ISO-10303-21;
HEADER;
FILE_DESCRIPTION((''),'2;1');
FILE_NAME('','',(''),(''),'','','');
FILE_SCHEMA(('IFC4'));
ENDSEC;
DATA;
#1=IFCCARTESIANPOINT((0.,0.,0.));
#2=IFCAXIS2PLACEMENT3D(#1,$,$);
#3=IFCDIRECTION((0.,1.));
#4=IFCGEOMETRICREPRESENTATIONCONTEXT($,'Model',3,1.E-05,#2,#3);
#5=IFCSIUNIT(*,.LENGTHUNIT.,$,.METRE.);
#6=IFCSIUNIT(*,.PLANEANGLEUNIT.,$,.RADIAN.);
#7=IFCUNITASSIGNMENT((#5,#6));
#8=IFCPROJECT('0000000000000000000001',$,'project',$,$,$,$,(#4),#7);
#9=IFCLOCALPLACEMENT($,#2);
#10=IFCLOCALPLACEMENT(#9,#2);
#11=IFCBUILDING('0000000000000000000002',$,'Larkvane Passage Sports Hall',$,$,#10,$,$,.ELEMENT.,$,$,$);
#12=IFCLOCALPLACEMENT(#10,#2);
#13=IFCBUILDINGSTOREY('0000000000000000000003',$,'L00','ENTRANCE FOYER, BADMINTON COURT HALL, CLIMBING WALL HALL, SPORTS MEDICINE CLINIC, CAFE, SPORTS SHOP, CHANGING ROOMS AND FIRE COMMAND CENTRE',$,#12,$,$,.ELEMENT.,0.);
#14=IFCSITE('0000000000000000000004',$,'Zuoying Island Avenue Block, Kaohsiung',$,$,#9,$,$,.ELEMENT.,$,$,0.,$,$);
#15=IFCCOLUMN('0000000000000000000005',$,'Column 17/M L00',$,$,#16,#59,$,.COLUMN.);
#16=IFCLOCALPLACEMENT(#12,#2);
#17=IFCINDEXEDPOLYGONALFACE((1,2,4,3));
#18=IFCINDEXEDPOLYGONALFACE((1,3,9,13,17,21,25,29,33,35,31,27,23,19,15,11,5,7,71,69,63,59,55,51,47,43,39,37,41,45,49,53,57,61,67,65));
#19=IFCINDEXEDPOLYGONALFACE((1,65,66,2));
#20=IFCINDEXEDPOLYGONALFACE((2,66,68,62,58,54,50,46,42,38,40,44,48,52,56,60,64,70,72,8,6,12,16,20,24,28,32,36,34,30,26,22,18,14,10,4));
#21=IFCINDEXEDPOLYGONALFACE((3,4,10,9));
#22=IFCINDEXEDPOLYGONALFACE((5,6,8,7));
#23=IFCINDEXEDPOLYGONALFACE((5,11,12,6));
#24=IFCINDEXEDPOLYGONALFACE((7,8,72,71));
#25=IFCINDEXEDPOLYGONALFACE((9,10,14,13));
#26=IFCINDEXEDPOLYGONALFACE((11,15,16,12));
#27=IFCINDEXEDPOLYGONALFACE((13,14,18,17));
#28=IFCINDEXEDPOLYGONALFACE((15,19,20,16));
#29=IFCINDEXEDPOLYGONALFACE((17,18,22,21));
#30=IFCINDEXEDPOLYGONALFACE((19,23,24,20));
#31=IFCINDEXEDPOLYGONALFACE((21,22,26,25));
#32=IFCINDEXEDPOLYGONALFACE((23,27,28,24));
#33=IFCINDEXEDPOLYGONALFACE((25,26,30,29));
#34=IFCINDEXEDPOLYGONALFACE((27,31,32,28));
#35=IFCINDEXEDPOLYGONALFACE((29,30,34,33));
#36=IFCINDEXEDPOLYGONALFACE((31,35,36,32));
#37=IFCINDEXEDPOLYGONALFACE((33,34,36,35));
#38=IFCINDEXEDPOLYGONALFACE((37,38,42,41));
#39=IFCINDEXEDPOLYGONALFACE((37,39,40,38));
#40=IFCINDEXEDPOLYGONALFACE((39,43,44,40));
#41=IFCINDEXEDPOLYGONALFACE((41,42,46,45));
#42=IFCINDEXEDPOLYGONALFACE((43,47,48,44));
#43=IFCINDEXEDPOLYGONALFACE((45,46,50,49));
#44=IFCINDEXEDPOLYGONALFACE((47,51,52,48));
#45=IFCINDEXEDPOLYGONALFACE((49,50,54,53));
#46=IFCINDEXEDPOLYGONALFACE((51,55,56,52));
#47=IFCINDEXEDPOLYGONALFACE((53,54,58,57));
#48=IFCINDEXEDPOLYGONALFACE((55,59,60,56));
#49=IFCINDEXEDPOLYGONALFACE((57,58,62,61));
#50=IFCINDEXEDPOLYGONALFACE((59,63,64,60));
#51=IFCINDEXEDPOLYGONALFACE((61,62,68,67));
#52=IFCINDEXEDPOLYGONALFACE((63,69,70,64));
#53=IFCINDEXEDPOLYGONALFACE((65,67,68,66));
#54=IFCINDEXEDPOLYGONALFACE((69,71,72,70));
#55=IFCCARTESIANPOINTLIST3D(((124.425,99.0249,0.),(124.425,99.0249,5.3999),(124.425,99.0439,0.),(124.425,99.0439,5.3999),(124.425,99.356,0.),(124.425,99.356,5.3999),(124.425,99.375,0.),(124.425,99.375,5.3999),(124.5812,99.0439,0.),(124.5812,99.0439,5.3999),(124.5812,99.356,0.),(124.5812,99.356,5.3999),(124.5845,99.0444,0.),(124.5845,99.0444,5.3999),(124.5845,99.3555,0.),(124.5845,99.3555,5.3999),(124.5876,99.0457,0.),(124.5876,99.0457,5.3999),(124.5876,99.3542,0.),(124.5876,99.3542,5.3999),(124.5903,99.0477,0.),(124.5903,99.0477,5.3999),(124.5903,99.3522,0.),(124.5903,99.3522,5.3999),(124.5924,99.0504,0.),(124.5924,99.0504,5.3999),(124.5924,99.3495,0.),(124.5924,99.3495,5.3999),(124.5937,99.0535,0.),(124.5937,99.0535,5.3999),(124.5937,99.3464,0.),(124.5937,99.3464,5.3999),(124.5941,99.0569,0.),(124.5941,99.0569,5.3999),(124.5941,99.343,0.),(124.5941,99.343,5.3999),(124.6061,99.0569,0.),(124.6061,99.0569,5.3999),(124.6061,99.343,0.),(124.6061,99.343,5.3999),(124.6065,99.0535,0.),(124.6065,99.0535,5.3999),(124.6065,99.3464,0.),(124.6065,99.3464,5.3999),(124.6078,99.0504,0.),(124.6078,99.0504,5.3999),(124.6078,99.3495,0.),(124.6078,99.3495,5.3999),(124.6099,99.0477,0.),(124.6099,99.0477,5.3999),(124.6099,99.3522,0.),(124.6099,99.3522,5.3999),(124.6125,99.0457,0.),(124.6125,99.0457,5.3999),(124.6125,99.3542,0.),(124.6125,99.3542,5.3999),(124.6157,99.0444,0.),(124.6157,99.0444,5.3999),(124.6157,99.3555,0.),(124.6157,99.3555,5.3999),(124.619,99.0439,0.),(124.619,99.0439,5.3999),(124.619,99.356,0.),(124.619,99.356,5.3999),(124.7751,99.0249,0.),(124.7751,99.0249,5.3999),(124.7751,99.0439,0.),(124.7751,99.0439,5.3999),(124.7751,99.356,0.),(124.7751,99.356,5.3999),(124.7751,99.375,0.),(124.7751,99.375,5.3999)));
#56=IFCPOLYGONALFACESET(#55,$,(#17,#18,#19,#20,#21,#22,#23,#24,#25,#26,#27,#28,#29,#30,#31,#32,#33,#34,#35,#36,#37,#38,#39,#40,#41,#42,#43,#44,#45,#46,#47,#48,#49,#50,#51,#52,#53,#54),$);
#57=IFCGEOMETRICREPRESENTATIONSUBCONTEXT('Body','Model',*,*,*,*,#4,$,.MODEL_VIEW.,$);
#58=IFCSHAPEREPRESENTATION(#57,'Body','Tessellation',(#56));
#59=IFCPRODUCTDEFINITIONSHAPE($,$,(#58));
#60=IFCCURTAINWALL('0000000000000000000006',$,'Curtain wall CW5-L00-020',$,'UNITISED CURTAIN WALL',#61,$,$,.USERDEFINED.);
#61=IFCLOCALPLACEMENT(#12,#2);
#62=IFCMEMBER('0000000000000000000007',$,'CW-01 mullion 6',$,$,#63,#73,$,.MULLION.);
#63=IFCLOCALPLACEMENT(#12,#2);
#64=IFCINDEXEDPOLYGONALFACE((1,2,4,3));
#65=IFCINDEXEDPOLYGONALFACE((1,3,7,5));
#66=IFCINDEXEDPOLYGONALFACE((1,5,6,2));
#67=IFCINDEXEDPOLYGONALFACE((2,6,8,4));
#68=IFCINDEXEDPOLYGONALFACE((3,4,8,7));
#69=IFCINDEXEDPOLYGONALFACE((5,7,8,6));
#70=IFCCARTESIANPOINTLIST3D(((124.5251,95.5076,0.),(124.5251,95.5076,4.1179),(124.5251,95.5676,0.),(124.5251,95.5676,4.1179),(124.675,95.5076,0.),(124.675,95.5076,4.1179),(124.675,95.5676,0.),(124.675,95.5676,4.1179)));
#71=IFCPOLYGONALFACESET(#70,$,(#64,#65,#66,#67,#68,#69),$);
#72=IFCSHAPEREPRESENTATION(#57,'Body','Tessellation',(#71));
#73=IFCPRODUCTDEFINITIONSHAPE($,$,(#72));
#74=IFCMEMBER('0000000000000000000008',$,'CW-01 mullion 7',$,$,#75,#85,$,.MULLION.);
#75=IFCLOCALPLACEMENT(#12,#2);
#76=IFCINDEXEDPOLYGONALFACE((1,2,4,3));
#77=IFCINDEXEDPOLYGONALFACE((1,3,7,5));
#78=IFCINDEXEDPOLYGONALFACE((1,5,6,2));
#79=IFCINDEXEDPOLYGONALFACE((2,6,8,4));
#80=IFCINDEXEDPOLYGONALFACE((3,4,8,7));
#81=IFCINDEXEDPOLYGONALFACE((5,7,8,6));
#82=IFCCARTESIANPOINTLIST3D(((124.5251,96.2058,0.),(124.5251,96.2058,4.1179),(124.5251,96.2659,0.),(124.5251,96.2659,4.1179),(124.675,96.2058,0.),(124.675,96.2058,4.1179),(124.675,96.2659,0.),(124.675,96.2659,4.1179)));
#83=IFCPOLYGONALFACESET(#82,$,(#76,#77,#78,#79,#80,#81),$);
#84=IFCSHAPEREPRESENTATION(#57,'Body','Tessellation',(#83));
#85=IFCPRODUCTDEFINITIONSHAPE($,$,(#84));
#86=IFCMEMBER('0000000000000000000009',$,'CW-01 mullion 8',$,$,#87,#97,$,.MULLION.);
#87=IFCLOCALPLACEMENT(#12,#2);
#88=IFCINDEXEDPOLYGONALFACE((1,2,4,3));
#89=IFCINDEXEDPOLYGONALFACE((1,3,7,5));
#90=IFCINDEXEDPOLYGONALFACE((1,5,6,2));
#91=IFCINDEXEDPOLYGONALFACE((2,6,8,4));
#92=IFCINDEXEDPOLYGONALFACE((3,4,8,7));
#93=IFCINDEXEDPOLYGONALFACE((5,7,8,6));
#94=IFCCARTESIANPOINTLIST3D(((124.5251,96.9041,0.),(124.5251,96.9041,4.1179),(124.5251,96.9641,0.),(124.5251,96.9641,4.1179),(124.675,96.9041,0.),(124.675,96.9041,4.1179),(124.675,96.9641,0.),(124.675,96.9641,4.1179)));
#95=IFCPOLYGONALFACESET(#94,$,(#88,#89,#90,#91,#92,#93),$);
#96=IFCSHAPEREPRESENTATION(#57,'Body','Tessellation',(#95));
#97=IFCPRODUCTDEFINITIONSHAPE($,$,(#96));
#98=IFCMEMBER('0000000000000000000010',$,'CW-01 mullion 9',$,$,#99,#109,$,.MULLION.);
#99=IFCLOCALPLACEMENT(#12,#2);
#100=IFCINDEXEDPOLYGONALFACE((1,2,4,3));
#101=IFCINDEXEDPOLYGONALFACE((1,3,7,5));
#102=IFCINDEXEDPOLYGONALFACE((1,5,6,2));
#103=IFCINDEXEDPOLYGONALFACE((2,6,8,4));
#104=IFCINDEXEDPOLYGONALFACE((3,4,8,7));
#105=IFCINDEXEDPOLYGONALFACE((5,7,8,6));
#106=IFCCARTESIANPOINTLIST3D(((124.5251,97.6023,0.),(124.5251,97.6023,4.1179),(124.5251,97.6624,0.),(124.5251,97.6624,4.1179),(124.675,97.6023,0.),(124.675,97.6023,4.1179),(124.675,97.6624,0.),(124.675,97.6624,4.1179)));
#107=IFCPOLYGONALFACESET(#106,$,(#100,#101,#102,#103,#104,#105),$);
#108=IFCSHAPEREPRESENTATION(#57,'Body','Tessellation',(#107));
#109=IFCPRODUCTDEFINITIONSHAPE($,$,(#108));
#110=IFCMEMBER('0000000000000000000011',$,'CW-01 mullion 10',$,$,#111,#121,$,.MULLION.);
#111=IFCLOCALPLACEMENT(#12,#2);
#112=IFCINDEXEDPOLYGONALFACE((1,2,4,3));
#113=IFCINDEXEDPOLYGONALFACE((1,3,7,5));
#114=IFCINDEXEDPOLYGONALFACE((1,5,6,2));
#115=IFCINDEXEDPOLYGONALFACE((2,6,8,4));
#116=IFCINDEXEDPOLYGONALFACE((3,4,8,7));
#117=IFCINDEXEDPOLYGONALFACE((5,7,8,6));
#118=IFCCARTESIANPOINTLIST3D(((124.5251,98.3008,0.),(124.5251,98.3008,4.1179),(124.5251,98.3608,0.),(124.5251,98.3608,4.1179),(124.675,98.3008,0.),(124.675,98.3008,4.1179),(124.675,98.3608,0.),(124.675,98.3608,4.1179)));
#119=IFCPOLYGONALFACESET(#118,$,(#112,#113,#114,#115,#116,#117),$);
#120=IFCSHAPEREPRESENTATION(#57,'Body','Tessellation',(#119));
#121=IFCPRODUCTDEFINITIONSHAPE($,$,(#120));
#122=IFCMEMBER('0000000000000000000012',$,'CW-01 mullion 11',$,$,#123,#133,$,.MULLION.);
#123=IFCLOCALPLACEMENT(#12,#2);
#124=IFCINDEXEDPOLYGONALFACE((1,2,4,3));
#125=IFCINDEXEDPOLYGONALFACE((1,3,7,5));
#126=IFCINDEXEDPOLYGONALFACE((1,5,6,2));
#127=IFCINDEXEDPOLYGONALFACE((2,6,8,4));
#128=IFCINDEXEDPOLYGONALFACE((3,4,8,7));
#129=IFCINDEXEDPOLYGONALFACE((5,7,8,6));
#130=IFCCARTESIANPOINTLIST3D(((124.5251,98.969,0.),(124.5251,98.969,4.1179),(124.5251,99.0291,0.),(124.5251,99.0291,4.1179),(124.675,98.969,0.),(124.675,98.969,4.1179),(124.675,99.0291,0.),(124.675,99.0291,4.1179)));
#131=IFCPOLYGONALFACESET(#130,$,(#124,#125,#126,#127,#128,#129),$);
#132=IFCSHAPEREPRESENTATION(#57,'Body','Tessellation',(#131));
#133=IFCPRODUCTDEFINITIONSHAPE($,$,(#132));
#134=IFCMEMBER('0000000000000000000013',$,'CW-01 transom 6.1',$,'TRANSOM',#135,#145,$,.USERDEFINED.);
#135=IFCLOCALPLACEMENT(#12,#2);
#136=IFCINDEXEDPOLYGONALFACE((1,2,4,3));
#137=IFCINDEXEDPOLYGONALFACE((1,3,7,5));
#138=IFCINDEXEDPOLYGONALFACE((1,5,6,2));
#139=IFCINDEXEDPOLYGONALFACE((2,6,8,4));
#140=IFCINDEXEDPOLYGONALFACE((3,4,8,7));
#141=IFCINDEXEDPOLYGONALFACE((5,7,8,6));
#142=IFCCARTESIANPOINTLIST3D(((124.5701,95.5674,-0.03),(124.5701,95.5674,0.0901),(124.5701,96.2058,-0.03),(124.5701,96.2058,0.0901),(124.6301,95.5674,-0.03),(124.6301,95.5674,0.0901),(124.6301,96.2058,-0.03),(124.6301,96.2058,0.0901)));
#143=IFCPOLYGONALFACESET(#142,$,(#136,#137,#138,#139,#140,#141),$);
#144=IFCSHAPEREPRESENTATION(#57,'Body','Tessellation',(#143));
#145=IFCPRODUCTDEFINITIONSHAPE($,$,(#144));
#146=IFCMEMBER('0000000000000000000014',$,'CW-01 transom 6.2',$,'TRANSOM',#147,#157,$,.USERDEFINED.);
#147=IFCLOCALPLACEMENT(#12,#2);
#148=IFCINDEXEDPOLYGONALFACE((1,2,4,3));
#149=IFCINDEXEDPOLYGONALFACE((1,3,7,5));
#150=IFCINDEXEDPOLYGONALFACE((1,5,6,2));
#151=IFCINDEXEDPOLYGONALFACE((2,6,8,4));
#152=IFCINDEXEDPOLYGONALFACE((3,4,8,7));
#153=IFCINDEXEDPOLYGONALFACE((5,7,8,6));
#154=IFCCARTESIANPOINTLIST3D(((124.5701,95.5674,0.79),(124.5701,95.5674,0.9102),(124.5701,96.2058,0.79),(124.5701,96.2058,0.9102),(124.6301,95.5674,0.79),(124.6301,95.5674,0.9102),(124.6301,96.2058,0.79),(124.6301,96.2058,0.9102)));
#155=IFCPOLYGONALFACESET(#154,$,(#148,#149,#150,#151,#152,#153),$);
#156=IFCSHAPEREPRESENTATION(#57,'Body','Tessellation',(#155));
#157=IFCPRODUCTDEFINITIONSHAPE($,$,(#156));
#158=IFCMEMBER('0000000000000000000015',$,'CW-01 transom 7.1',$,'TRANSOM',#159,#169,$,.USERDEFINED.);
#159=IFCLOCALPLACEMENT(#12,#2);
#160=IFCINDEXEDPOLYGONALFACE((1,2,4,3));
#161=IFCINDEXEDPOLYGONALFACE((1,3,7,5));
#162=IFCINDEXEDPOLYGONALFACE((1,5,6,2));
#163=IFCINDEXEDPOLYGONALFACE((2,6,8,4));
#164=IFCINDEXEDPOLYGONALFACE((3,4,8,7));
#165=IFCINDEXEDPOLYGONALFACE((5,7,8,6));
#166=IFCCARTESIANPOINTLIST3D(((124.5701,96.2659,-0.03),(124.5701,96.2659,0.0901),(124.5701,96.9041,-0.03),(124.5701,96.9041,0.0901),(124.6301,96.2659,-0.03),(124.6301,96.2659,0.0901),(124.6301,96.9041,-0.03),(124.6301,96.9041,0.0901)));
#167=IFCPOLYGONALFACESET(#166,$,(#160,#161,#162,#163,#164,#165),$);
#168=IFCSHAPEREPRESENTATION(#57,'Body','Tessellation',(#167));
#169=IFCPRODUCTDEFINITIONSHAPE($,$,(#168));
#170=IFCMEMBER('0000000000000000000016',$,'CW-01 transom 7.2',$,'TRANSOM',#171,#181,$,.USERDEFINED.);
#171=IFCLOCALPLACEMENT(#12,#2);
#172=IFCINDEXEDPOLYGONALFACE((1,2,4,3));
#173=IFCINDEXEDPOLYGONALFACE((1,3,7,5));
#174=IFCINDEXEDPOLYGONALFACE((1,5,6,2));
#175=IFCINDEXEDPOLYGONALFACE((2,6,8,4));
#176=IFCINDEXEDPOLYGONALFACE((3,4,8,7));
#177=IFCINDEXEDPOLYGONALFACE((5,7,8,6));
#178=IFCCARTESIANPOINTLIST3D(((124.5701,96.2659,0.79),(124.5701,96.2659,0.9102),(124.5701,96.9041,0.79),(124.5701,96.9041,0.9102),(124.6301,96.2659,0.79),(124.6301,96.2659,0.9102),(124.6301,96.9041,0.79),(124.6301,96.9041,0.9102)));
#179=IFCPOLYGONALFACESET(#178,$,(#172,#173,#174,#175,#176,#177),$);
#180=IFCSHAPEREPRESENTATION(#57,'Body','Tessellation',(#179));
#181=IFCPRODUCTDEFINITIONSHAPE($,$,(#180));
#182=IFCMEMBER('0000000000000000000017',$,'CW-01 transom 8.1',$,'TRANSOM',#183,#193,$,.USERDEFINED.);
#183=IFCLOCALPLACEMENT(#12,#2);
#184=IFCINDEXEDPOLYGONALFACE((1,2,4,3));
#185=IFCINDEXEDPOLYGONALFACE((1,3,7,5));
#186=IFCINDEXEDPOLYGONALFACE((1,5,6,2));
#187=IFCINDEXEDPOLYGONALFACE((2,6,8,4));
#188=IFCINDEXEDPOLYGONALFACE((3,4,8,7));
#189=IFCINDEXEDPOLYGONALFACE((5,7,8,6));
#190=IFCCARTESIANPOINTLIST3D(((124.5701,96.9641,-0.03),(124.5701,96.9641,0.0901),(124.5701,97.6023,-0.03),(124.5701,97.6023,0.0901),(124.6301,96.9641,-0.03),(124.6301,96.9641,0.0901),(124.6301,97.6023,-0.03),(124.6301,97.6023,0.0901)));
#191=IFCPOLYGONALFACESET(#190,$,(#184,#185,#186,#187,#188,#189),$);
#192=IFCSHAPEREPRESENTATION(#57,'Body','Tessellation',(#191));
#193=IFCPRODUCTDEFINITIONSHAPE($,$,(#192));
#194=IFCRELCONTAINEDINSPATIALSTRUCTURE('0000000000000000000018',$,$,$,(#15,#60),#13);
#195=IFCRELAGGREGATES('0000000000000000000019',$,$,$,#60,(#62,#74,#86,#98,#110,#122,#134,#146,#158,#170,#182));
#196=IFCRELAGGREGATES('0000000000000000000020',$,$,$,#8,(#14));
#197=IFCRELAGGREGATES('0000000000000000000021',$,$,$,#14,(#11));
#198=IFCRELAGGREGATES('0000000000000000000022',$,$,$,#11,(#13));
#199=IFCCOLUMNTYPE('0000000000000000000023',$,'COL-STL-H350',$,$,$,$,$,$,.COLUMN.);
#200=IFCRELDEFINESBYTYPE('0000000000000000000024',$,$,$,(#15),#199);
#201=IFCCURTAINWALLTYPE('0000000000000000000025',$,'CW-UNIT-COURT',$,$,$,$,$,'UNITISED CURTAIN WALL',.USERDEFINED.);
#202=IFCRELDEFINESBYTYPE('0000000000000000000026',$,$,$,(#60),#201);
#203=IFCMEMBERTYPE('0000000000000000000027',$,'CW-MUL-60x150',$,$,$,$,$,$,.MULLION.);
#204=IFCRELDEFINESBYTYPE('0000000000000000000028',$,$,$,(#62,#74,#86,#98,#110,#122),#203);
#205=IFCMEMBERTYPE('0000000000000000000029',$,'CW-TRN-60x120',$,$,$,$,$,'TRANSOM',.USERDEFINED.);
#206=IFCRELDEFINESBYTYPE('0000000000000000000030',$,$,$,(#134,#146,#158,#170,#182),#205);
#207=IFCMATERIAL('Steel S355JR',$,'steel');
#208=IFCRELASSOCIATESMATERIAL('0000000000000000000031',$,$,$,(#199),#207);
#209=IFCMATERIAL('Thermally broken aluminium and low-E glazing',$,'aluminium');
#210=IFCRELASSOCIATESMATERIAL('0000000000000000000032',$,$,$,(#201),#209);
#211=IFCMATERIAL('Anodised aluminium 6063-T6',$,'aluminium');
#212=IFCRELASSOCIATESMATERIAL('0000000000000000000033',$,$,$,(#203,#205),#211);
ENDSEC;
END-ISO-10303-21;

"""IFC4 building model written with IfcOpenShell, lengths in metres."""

from ifc_helpers import new_model, si_unit, direction, frame, origin, origin_2d, place, context, subcontext, project, spatial, rectangle, i_section, extrude, material, material_profile, profile_set, type_object, element, aggregate, save


model = new_model("IFC4")

# Units and contexts
model_context = context("Model", 3, precision=1e-05, world=origin(), true_north=direction((0.0, 1.0)))
body_context = subcontext(model_context, "Body", "Model", "MODEL_VIEW")
ifc_project = project(units=[si_unit("LENGTHUNIT", "METRE"), si_unit("PLANEANGLEUNIT", "RADIAN")], contexts=[model_context])

# Site, building, storey
site_placement = place(None, origin())
site = spatial("IfcSite", under=ifc_project, at=site_placement, Name="Zuoying Island Avenue Block, Kaohsiung", CompositionType="ELEMENT", RefElevation=0.0)
building_placement = place(site_placement, origin())
building = spatial("IfcBuilding", under=site, at=building_placement, Name="Larkvane Passage Sports Hall", CompositionType="ELEMENT")
storey_placement = place(building_placement, origin())
storey = spatial("IfcBuildingStorey", under=building, at=storey_placement, Name="L00", Description="ENTRANCE FOYER, BADMINTON COURT HALL, CLIMBING WALL HALL, SPORTS MEDICINE CLINIC, CAFE, SPORTS SHOP, CHANGING ROOMS AND FIRE COMMAND CENTRE", CompositionType="ELEMENT", Elevation=0.0)

# Column
ifc_material_1 = material(Name="Steel S355JR", Category="steel")
ifc_material_profile_1 = material_profile(ifc_material_1, i_section(OverallWidth=0.3501, OverallDepth=0.3501, WebThickness=0.012, FlangeThickness=0.019, FilletRadius=0.0129, at=origin_2d()), Name="H-350x350x12x19")
ifc_profile_set_1 = profile_set([ifc_material_profile_1], Name="Steel S355JR")
column_type = type_object("IfcColumnType", Name="COL-STL-H350", PredefinedType="COLUMN", material=ifc_profile_set_1)
column_placement = place(storey_placement, frame((124.6001, 99.2, 0.0), z_axis=(0.0, 0.0, 1.0), x_axis=(1.0, 0.0, 0.0)))
element("IfcColumn", 1, at=column_placement, inside=storey, type_object=column_type, Name="Column 17/M L00", PredefinedType="COLUMN", context=body_context, shape_type="SweptSolid", body=[
    extrude(i_section(OverallWidth=0.3501, OverallDepth=0.3501, WebThickness=0.012, FlangeThickness=0.019, FilletRadius=0.0129, at=origin_2d()), origin(), (0.0, 0.0, 1.0), 5.3999),
])

# Curtain wall, members
ifc_material_2 = material(Name="Thermally broken aluminium and low-E glazing", Category="aluminium")
curtain_wall_type = type_object("IfcCurtainWallType", Name="CW-UNIT-COURT", ElementType="UNITISED CURTAIN WALL", PredefinedType="USERDEFINED", material=ifc_material_2)
curtain_wall_placement = place(storey_placement, origin())
curtain_wall = element("IfcCurtainWall", 2, at=curtain_wall_placement, inside=storey, type_object=curtain_wall_type, Name="Curtain wall CW5-L00-020", ObjectType="UNITISED CURTAIN WALL", PredefinedType="USERDEFINED")
ifc_material_3 = material(Name="Anodised aluminium 6063-T6", Category="aluminium")
ifc_material_profile_2 = material_profile(ifc_material_3, rectangle(XDim=0.0601, YDim=0.1499, at=origin_2d()), Name="ALU-MUL-60x150")
ifc_profile_set_2 = profile_set([ifc_material_profile_2], Name="Anodised aluminium 6063-T6")
member_type_1 = type_object("IfcMemberType", Name="CW-MUL-60x150", PredefinedType="MULLION", material=ifc_profile_set_2)
member_1_placement = place(storey_placement, frame((124.6001, 95.5376, 0.0), z_axis=(0.0, 0.0, 1.0), x_axis=(0.0, 1.0, 0.0)))
member_1 = element("IfcMember", 3, at=member_1_placement, type_object=member_type_1, Name="CW-01 mullion 6", PredefinedType="MULLION", context=body_context, shape_type="SweptSolid", body=[
    extrude(rectangle(XDim=0.0601, YDim=0.1499, at=origin_2d()), origin(), (0.0, 0.0, 1.0), 4.1179),
])
member_2_placement = place(storey_placement, frame((124.6001, 96.2358, 0.0), z_axis=(0.0, 0.0, 1.0), x_axis=(0.0, 1.0, 0.0)))
member_2 = element("IfcMember", 4, at=member_2_placement, type_object=member_type_1, Name="CW-01 mullion 7", PredefinedType="MULLION", context=body_context, shape_type="SweptSolid", body=[
    extrude(rectangle(XDim=0.0601, YDim=0.1499, at=origin_2d()), origin(), (0.0, 0.0, 1.0), 4.1179),
])
member_3_placement = place(storey_placement, frame((124.6001, 96.9341, 0.0), z_axis=(0.0, 0.0, 1.0), x_axis=(0.0, 1.0, 0.0)))
member_3 = element("IfcMember", 5, at=member_3_placement, type_object=member_type_1, Name="CW-01 mullion 8", PredefinedType="MULLION", context=body_context, shape_type="SweptSolid", body=[
    extrude(rectangle(XDim=0.0601, YDim=0.1499, at=origin_2d()), origin(), (0.0, 0.0, 1.0), 4.1179),
])
member_4_placement = place(storey_placement, frame((124.6001, 97.6323, 0.0), z_axis=(0.0, 0.0, 1.0), x_axis=(0.0, 1.0, 0.0)))
member_4 = element("IfcMember", 6, at=member_4_placement, type_object=member_type_1, Name="CW-01 mullion 9", PredefinedType="MULLION", context=body_context, shape_type="SweptSolid", body=[
    extrude(rectangle(XDim=0.0601, YDim=0.1499, at=origin_2d()), origin(), (0.0, 0.0, 1.0), 4.1179),
])
member_5_placement = place(storey_placement, frame((124.6001, 98.3308, 0.0), z_axis=(0.0, 0.0, 1.0), x_axis=(0.0, 1.0, 0.0)))
member_5 = element("IfcMember", 7, at=member_5_placement, type_object=member_type_1, Name="CW-01 mullion 10", PredefinedType="MULLION", context=body_context, shape_type="SweptSolid", body=[
    extrude(rectangle(XDim=0.0601, YDim=0.1499, at=origin_2d()), origin(), (0.0, 0.0, 1.0), 4.1179),
])
member_6_placement = place(storey_placement, frame((124.6001, 98.999, 0.0), z_axis=(0.0, 0.0, 1.0), x_axis=(0.0, 1.0, 0.0)))
member_6 = element("IfcMember", 8, at=member_6_placement, type_object=member_type_1, Name="CW-01 mullion 11", PredefinedType="MULLION", context=body_context, shape_type="SweptSolid", body=[
    extrude(rectangle(XDim=0.0601, YDim=0.1499, at=origin_2d()), origin(), (0.0, 0.0, 1.0), 4.1179),
])
ifc_material_profile_3 = material_profile(ifc_material_3, rectangle(XDim=0.0601, YDim=0.1201, at=origin_2d()), Name="ALU-TRN-60x120")
ifc_profile_set_3 = profile_set([ifc_material_profile_3], Name="Anodised aluminium 6063-T6")
member_type_2 = type_object("IfcMemberType", Name="CW-TRN-60x120", ElementType="TRANSOM", PredefinedType="USERDEFINED", material=ifc_profile_set_3)
member_7_placement = place(storey_placement, frame((124.6001, 95.5674, 0.03), z_axis=(0.0, 1.0, 0.0), x_axis=(-1.0, 0.0, 0.0)))
member_7 = element("IfcMember", 9, at=member_7_placement, type_object=member_type_2, Name="CW-01 transom 6.1", ObjectType="TRANSOM", PredefinedType="USERDEFINED", context=body_context, shape_type="SweptSolid", body=[
    extrude(rectangle(XDim=0.0601, YDim=0.1201, at=origin_2d()), origin(), (0.0, 0.0, 1.0), 0.6384),
])
member_8_placement = place(storey_placement, frame((124.6001, 95.5674, 0.8501), z_axis=(0.0, 1.0, 0.0), x_axis=(-1.0, 0.0, 0.0)))
member_8 = element("IfcMember", 10, at=member_8_placement, type_object=member_type_2, Name="CW-01 transom 6.2", ObjectType="TRANSOM", PredefinedType="USERDEFINED", context=body_context, shape_type="SweptSolid", body=[
    extrude(rectangle(XDim=0.0601, YDim=0.1201, at=origin_2d()), origin(), (0.0, 0.0, 1.0), 0.6384),
])
member_9_placement = place(storey_placement, frame((124.6001, 96.2659, 0.03), z_axis=(0.0, 1.0, 0.0), x_axis=(-1.0, 0.0, 0.0)))
member_9 = element("IfcMember", 11, at=member_9_placement, type_object=member_type_2, Name="CW-01 transom 7.1", ObjectType="TRANSOM", PredefinedType="USERDEFINED", context=body_context, shape_type="SweptSolid", body=[
    extrude(rectangle(XDim=0.0601, YDim=0.1201, at=origin_2d()), origin(), (0.0, 0.0, 1.0), 0.6382),
])
member_10_placement = place(storey_placement, frame((124.6001, 96.2659, 0.8501), z_axis=(0.0, 1.0, 0.0), x_axis=(-1.0, 0.0, 0.0)))
member_10 = element("IfcMember", 12, at=member_10_placement, type_object=member_type_2, Name="CW-01 transom 7.2", ObjectType="TRANSOM", PredefinedType="USERDEFINED", context=body_context, shape_type="SweptSolid", body=[
    extrude(rectangle(XDim=0.0601, YDim=0.1201, at=origin_2d()), origin(), (0.0, 0.0, 1.0), 0.6382),
])
member_11_placement = place(storey_placement, frame((124.6001, 96.9641, 0.03), z_axis=(0.0, 1.0, 0.0), x_axis=(-1.0, 0.0, 0.0)))
member_11 = element("IfcMember", 13, at=member_11_placement, type_object=member_type_2, Name="CW-01 transom 8.1", ObjectType="TRANSOM", PredefinedType="USERDEFINED", context=body_context, shape_type="SweptSolid", body=[
    extrude(rectangle(XDim=0.0601, YDim=0.1201, at=origin_2d()), origin(), (0.0, 0.0, 1.0), 0.6382),
])

aggregate(curtain_wall, [member_1, member_2, member_3, member_4, member_5, member_6, member_7, member_8, member_9, member_10, member_11])

save(model, "model.ifc")
